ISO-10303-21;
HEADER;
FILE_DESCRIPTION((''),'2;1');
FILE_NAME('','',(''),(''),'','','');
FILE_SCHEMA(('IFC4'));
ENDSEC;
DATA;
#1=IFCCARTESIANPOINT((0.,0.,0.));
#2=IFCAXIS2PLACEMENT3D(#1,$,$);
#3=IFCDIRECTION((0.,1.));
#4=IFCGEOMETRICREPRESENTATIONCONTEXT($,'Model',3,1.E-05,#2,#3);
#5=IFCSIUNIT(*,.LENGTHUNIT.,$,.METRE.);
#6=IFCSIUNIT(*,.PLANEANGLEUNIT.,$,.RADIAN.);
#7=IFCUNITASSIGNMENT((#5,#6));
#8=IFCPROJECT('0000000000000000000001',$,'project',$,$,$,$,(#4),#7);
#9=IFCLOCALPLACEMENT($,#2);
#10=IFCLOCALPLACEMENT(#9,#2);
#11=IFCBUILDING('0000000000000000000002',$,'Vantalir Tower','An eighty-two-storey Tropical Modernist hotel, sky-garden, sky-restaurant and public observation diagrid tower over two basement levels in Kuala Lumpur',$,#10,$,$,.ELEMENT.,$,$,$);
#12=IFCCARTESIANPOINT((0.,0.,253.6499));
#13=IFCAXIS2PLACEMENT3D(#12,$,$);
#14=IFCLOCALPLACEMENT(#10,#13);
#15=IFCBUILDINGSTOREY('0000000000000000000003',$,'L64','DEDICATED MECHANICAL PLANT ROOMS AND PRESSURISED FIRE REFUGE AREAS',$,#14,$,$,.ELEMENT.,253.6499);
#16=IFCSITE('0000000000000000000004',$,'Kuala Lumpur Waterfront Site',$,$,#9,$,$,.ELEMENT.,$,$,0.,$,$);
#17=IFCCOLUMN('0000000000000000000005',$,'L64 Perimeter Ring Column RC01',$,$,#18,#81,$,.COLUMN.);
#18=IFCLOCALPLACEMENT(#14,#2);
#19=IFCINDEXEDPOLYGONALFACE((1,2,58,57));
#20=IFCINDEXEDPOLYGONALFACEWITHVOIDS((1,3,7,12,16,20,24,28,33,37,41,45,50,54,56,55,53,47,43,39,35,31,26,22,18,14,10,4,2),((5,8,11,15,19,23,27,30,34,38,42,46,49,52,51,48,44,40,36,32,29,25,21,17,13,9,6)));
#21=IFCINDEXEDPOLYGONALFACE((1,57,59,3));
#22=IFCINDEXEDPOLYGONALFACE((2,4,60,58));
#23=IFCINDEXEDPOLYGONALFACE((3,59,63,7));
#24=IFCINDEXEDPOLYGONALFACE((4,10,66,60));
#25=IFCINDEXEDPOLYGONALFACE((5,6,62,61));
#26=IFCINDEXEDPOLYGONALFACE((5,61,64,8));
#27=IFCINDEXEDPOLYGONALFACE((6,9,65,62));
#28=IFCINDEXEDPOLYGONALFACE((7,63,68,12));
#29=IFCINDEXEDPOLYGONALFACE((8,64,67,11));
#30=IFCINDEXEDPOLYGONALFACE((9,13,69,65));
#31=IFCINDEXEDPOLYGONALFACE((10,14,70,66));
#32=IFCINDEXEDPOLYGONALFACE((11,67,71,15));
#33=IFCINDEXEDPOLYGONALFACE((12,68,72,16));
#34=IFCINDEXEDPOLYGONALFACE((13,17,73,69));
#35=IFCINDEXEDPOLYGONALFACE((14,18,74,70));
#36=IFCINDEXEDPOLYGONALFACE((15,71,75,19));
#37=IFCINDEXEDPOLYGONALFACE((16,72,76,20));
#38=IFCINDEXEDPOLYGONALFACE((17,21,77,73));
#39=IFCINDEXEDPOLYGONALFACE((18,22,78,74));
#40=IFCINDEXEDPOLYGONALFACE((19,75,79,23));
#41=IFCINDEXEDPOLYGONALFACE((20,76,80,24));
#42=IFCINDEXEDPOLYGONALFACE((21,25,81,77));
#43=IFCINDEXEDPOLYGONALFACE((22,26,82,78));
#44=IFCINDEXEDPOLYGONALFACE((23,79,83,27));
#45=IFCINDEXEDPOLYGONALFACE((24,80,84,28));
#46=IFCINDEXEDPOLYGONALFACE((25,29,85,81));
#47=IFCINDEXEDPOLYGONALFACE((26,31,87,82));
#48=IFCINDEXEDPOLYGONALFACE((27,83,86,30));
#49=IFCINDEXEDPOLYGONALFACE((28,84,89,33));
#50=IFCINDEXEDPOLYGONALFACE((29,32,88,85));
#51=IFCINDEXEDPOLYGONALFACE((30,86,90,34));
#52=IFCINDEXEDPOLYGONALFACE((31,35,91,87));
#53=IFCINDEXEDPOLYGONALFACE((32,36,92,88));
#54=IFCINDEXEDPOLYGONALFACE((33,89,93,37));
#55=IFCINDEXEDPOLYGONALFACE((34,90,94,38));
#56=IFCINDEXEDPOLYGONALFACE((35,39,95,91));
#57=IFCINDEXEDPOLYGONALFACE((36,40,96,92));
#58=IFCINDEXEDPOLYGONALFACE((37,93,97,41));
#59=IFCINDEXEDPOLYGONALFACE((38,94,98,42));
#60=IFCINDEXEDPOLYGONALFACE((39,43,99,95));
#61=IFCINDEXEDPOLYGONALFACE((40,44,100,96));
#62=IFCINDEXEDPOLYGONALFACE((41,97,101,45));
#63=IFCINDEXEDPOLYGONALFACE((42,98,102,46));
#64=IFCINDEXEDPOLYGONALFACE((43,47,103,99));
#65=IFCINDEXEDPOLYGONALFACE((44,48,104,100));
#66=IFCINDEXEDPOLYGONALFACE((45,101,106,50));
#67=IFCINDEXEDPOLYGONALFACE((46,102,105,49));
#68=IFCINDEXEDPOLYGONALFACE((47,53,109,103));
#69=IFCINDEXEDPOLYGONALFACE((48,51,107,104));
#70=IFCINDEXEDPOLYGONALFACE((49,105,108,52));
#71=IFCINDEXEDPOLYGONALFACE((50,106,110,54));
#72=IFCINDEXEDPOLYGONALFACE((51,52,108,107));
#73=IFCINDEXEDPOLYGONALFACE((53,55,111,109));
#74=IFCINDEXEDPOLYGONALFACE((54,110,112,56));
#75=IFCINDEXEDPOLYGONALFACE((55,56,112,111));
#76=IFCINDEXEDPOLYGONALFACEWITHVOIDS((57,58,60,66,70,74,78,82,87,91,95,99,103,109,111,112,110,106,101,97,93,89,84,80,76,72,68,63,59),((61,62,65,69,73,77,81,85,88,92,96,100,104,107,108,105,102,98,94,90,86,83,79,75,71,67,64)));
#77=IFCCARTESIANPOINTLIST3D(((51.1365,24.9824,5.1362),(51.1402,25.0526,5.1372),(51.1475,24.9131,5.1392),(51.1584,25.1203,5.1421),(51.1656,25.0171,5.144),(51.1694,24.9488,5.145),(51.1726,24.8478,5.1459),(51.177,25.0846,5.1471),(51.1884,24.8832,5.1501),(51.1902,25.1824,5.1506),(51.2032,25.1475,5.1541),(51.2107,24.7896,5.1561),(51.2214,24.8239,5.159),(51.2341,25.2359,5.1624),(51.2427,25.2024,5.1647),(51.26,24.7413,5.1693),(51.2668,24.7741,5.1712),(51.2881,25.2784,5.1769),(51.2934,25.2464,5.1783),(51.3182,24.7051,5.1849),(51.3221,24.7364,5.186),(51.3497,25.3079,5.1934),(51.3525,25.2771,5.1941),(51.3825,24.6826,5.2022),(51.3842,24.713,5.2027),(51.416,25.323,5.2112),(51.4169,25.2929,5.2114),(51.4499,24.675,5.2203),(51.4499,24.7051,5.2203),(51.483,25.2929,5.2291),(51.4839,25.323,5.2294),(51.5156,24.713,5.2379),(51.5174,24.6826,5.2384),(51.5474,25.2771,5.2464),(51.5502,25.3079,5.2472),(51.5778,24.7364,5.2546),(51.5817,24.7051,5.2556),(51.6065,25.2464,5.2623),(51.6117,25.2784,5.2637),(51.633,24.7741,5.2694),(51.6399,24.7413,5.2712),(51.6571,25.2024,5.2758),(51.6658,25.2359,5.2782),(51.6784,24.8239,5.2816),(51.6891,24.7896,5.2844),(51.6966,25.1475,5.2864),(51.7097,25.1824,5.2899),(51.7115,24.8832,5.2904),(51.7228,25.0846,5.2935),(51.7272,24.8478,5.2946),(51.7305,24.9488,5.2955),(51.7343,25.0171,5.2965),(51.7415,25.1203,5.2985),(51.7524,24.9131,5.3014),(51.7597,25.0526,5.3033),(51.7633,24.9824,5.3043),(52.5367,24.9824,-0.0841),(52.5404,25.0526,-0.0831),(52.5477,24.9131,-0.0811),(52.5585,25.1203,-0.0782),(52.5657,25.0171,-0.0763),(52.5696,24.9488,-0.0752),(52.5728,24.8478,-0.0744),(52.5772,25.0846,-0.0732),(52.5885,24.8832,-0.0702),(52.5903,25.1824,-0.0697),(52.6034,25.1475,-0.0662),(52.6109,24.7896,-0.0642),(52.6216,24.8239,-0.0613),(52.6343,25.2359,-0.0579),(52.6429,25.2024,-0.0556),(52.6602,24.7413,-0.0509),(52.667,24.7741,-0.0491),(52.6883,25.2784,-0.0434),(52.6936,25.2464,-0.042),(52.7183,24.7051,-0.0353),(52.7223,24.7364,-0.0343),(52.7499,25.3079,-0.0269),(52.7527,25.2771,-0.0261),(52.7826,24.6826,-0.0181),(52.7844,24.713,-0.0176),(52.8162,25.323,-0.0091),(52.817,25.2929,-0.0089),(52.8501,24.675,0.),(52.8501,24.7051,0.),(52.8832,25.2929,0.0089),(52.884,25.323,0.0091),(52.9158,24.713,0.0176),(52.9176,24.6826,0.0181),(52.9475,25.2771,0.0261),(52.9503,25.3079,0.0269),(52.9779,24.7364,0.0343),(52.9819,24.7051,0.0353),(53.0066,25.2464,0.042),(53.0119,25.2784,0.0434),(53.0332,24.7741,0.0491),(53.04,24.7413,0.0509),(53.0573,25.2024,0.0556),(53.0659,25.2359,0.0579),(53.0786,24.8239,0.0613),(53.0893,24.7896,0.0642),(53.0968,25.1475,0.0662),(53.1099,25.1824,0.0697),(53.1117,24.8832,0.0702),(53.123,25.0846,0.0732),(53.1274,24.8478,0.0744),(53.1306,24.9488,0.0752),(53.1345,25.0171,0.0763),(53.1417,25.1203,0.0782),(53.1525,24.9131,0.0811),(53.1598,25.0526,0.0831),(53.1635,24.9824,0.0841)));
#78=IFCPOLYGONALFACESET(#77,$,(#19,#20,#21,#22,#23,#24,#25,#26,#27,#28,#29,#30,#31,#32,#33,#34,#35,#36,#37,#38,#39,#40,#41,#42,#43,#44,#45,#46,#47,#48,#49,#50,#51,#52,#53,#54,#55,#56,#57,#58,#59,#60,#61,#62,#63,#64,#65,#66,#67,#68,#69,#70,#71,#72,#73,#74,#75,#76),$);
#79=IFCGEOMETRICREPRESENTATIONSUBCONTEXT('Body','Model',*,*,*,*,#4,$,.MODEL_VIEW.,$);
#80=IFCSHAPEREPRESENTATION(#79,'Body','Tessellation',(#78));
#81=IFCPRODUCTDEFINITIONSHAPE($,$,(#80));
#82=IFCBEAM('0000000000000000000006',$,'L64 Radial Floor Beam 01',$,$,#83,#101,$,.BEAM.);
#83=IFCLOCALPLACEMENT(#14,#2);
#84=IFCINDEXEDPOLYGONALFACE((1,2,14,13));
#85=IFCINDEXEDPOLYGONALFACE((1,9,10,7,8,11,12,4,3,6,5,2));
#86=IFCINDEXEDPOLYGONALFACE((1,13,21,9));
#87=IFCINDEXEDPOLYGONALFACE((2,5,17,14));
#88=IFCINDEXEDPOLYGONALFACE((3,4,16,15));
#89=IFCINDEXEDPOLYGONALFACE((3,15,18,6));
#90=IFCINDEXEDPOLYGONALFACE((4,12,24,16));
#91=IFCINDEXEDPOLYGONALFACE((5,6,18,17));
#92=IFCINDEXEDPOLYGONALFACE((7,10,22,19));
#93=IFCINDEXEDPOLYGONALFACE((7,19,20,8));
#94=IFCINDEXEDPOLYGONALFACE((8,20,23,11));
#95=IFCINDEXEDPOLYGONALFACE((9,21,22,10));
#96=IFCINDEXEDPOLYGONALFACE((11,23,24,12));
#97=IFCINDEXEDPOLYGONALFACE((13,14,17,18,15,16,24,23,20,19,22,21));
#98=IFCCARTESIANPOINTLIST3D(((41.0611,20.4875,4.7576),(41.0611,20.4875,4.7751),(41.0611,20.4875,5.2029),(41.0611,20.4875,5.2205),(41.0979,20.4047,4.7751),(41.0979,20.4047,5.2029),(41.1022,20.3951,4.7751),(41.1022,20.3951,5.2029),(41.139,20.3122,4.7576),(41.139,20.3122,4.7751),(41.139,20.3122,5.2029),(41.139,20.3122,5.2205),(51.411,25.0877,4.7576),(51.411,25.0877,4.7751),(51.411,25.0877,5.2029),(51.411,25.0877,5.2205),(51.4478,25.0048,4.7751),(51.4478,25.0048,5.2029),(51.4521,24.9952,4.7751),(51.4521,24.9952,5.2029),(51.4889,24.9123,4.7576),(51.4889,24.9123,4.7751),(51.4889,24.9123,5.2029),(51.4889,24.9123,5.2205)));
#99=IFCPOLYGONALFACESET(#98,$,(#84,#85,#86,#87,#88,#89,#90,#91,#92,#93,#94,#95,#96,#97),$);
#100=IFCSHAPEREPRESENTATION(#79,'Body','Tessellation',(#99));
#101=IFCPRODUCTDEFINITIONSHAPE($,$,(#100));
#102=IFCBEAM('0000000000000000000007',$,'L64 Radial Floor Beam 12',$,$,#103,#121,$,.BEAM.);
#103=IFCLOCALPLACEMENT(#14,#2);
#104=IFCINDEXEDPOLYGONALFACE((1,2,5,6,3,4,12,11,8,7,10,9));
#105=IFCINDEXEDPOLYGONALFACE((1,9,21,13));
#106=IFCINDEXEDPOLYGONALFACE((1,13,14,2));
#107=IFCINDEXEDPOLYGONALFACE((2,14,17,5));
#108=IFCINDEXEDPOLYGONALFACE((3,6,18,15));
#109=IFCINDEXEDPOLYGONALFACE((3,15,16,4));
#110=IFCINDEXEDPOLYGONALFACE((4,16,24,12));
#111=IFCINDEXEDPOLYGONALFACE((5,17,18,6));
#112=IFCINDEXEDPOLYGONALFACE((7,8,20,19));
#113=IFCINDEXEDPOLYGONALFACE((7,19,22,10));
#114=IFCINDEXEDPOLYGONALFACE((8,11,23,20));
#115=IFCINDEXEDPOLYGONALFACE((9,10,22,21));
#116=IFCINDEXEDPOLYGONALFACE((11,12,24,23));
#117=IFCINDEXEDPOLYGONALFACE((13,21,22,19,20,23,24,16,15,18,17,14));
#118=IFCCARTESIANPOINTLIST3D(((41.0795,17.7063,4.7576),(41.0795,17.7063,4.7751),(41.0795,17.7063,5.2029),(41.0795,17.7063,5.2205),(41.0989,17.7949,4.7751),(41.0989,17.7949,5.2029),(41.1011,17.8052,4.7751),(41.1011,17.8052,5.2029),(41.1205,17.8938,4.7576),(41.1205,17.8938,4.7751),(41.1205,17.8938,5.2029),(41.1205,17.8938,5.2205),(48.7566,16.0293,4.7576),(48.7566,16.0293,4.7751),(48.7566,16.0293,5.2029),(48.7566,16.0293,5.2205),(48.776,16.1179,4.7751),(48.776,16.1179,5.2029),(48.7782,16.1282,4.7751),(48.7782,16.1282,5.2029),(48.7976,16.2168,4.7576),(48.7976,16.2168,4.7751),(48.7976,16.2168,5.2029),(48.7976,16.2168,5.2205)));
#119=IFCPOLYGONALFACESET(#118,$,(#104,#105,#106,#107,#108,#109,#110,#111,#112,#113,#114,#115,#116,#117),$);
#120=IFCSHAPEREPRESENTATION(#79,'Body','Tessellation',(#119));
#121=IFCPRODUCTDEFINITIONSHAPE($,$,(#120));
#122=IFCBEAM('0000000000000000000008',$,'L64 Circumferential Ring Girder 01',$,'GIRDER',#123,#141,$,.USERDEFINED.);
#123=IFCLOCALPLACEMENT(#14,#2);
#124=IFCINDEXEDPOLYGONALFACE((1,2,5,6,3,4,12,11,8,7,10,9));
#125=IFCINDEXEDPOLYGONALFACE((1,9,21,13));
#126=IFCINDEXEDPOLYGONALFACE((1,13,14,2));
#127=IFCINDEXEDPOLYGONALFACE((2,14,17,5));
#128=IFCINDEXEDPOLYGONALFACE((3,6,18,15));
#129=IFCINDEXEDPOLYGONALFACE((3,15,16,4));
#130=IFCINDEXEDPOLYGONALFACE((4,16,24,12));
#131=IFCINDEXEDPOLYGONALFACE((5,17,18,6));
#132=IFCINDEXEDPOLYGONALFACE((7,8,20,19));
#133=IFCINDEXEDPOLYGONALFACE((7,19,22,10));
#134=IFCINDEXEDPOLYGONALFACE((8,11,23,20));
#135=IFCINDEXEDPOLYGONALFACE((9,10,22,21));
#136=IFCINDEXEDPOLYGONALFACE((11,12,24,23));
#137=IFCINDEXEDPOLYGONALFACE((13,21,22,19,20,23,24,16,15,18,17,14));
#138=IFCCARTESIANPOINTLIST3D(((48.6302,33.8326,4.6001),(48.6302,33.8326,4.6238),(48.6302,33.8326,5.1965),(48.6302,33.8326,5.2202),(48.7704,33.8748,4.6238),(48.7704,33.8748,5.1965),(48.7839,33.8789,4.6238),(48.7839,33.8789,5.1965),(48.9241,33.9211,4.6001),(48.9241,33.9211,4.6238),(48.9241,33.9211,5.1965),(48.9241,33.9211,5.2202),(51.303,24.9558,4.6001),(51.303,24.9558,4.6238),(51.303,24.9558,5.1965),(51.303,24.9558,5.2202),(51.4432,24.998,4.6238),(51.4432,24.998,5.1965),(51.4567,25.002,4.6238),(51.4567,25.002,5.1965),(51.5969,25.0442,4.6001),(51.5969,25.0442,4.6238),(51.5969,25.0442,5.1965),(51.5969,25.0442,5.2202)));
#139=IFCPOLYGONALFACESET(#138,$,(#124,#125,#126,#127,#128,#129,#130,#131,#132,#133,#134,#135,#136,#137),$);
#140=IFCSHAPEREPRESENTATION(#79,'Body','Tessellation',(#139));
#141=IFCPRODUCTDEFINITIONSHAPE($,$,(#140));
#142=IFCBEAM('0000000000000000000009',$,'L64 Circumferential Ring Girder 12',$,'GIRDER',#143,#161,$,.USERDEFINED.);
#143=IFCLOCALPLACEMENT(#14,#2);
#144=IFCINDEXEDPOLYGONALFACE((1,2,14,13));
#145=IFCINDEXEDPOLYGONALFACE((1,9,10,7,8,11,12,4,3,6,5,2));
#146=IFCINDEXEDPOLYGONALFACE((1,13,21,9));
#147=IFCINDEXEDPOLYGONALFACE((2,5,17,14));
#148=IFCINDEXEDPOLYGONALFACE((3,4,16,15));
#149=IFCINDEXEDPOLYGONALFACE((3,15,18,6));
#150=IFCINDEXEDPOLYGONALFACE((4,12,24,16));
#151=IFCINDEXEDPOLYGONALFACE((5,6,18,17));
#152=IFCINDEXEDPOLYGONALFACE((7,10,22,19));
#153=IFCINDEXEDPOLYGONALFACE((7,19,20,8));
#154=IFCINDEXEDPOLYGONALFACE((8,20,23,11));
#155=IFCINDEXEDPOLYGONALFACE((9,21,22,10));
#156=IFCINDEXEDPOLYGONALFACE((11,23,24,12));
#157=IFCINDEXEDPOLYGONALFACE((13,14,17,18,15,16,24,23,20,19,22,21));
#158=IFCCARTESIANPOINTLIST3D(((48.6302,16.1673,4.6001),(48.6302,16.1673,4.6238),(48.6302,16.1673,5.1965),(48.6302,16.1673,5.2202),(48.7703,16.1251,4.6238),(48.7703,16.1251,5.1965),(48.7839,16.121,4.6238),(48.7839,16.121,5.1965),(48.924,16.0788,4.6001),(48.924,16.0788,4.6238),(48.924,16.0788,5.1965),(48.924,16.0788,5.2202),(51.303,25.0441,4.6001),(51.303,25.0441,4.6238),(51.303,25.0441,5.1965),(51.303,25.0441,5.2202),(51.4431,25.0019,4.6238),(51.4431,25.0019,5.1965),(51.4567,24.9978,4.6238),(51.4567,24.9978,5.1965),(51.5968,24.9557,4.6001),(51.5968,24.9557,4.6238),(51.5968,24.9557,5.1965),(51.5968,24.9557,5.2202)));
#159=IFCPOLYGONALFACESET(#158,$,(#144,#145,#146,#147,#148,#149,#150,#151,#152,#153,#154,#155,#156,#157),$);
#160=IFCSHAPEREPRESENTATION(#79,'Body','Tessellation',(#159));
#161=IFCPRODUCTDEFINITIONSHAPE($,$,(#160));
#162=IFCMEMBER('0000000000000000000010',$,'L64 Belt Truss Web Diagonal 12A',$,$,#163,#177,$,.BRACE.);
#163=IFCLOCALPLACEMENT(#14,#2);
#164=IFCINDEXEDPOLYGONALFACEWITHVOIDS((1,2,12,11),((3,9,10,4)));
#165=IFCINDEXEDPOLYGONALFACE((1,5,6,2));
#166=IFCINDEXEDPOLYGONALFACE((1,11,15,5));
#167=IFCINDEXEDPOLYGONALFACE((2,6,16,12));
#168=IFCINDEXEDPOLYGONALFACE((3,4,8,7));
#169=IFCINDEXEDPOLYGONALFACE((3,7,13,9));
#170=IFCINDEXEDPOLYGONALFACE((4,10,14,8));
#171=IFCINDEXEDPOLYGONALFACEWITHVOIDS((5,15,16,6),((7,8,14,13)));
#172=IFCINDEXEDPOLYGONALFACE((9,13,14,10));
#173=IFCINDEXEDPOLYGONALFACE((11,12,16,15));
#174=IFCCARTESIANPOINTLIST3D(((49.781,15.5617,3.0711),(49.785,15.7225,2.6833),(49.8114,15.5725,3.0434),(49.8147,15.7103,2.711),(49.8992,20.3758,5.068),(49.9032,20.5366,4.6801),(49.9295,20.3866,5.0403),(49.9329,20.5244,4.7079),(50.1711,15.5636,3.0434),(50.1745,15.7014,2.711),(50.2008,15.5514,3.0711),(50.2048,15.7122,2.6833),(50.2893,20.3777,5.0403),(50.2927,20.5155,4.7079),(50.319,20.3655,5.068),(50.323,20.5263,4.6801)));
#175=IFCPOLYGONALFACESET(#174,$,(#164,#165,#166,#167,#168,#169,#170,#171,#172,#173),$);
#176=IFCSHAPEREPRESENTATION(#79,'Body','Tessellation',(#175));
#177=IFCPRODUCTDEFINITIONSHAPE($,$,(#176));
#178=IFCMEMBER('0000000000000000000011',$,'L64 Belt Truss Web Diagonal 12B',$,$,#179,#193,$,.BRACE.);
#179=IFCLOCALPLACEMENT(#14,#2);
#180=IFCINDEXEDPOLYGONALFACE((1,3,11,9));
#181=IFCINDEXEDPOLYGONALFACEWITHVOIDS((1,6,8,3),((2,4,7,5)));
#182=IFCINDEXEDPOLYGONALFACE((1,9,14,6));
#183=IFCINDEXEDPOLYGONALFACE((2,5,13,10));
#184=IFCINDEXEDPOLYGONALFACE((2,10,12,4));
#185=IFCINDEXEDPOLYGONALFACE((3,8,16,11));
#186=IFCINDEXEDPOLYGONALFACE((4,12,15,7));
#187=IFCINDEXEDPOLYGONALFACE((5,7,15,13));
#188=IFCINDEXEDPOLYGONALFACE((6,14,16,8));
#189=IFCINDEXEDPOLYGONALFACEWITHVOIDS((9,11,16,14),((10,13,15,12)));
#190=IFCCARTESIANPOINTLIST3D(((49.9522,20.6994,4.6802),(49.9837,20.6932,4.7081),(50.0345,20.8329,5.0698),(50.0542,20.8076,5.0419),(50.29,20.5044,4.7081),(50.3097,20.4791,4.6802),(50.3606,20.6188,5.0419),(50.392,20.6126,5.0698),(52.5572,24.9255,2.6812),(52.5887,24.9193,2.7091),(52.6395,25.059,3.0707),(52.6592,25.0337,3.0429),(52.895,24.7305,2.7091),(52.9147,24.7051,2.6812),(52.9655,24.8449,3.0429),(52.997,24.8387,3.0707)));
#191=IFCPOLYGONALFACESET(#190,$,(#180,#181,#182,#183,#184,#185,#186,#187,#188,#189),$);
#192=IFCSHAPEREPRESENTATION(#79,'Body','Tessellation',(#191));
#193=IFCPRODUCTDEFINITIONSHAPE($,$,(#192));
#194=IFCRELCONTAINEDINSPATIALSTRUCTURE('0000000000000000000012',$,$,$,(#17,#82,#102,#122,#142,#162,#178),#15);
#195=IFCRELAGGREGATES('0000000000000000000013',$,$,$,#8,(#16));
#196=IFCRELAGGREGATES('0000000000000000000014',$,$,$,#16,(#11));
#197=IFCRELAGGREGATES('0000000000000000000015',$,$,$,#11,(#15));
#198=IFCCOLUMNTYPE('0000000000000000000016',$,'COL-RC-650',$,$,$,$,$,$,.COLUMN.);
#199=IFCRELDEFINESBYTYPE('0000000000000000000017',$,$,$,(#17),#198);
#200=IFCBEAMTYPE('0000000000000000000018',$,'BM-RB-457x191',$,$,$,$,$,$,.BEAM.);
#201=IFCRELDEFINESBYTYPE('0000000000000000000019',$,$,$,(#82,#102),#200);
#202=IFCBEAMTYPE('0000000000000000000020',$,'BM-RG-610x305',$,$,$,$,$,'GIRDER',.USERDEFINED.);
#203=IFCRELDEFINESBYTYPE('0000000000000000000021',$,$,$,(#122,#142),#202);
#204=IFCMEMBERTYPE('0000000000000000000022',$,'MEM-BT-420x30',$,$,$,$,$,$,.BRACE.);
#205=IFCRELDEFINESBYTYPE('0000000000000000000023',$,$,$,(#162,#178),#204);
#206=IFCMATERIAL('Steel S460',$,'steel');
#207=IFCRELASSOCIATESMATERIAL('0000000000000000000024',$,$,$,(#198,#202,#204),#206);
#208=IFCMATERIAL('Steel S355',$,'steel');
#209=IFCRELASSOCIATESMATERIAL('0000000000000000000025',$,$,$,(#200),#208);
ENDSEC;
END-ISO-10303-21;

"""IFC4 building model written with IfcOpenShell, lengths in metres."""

from ifc_helpers import new_model, si_unit, direction, frame, origin, origin_2d, place, context, subcontext, project, spatial, hollow_rectangle, hollow_circle, i_section, extrude, material, material_profile, profile_set, type_object, element, save


model = new_model("IFC4")

# Units and contexts
model_context = context("Model", 3, precision=1e-05, world=origin(), true_north=direction((0.0, 1.0)))
body_context = subcontext(model_context, "Body", "Model", "MODEL_VIEW")
ifc_project = project(units=[si_unit("LENGTHUNIT", "METRE"), si_unit("PLANEANGLEUNIT", "RADIAN")], contexts=[model_context])

# Site, building, storey
site_placement = place(None, origin())
site = spatial("IfcSite", under=ifc_project, at=site_placement, Name="Kuala Lumpur Waterfront Site", CompositionType="ELEMENT", RefElevation=0.0)
building_placement = place(site_placement, origin())
building = spatial("IfcBuilding", under=site, at=building_placement, Name="Vantalir Tower", Description="An eighty-two-storey Tropical Modernist hotel, sky-garden, sky-restaurant and public observation diagrid tower over two basement levels in Kuala Lumpur", CompositionType="ELEMENT")
storey_placement = place(building_placement, frame((0.0, 0.0, 253.6499)))
storey = spatial("IfcBuildingStorey", under=building, at=storey_placement, Name="L64", Description="DEDICATED MECHANICAL PLANT ROOMS AND PRESSURISED FIRE REFUGE AREAS", CompositionType="ELEMENT", Elevation=253.6499)

# Column
ifc_material_1 = material(Name="Steel S460", Category="steel")
ifc_material_profile_1 = material_profile(ifc_material_1, hollow_circle(Radius=0.325, WallThickness=0.03, at=origin_2d()), Name="Steel S460")
ifc_profile_set_1 = profile_set([ifc_material_profile_1], Name="Steel S460")
column_type = type_object("IfcColumnType", Name="COL-RC-650", PredefinedType="COLUMN", material=ifc_profile_set_1)
column_placement = place(storey_placement, frame((52.8501, 25.0, 0.0), z_axis=(-0.25906, 0.0, 0.965861), x_axis=(0.0, -1.0, 0.0)))
element("IfcColumn", 1, at=column_placement, inside=storey, type_object=column_type, Name="L64 Perimeter Ring Column RC01", PredefinedType="COLUMN", context=body_context, shape_type="SweptSolid", body=[
    extrude(hollow_circle(Radius=0.325, WallThickness=0.03, at=origin_2d()), origin(), (0.0, 0.0, 1.0), 5.4048),
])

# Beams
ifc_material_2 = material(Name="Steel S355", Category="steel")
ifc_material_profile_2 = material_profile(ifc_material_2, i_section(OverallWidth=0.1919, OverallDepth=0.4629, WebThickness=0.0105, FlangeThickness=0.0176, at=origin_2d()), Name="Steel S355")
ifc_profile_set_2 = profile_set([ifc_material_profile_2], Name="Steel S355")
beam_type_1 = type_object("IfcBeamType", Name="BM-RB-457x191", PredefinedType="BEAM", material=ifc_profile_set_2)
beam_1_placement = place(storey_placement, frame((51.45, 25.0, 4.989), z_axis=(-0.913806, -0.40615, 0.0), x_axis=(0.40615, -0.913806, 0.0)))
element("IfcBeam", 2, at=beam_1_placement, inside=storey, type_object=beam_type_1, Name="L64 Radial Floor Beam 01", PredefinedType="BEAM", context=body_context, shape_type="SweptSolid", body=[
    extrude(i_section(OverallWidth=0.1919, OverallDepth=0.4629, WebThickness=0.0105, FlangeThickness=0.0176, at=origin_2d()), origin(), (0.0, 0.0, 1.0), 11.3262),
])
beam_2_placement = place(storey_placement, frame((48.7771, 16.123, 4.989), z_axis=(-0.976962, 0.213412, 0.0), x_axis=(-0.213412, -0.976962, 0.0)))
element("IfcBeam", 3, at=beam_2_placement, inside=storey, type_object=beam_type_1, Name="L64 Radial Floor Beam 12", PredefinedType="BEAM", context=body_context, shape_type="SweptSolid", body=[
    extrude(i_section(OverallWidth=0.1919, OverallDepth=0.4629, WebThickness=0.0105, FlangeThickness=0.0176, at=origin_2d()), origin(), (0.0, 0.0, 1.0), 7.8582),
])
ifc_material_profile_3 = material_profile(ifc_material_1, i_section(OverallWidth=0.3069, OverallDepth=0.6201, WebThickness=0.0142, FlangeThickness=0.0237, at=origin_2d()), Name="Steel S460")
ifc_profile_set_3 = profile_set([ifc_material_profile_3], Name="Steel S460")
beam_type_2 = type_object("IfcBeamType", Name="BM-RG-610x305", ElementType="GIRDER", PredefinedType="USERDEFINED", material=ifc_profile_set_3)
for number, where, z_axis, x_axis, name in (
    (4, (51.45, 25.0, 4.9102), (-0.288314, 0.957536, 0.0), (-0.957536, -0.288314, 0.0), "L64 Circumferential Ring Girder 01"),
    (5, (48.7771, 16.123, 4.9102), (0.288314, 0.957536, 0.0), (-0.957536, 0.288314, 0.0), "L64 Circumferential Ring Girder 12"),
):
    element("IfcBeam", number, at=place(storey_placement, frame(where, z_axis=z_axis, x_axis=x_axis)), inside=storey, type_object=beam_type_2, Name=name, ObjectType="GIRDER", PredefinedType="USERDEFINED", context=body_context, shape_type="SweptSolid", body=[
        extrude(i_section(OverallWidth=0.3069, OverallDepth=0.6201, WebThickness=0.0142, FlangeThickness=0.0237, at=origin_2d()), origin(), (0.0, 0.0, 1.0), 9.2705),
    ])

# Members
ifc_material_profile_4 = material_profile(ifc_material_1, hollow_rectangle(XDim=0.4199, YDim=0.4199, WallThickness=0.03, at=origin_2d()), Name="Steel S460")
ifc_profile_set_4 = profile_set([ifc_material_profile_4], Name="Steel S460")
member_type_1 = type_object("IfcMemberType", Name="MEM-BT-420x30", PredefinedType="BRACE", material=ifc_profile_set_4)
member_1_placement = place(storey_placement, frame((49.9929, 15.637, 2.8772), z_axis=(0.022667, 0.923451, 0.383046), x_axis=(-0.999699, 0.024539, 0.0)))
element("IfcMember", 6, at=member_1_placement, inside=storey, type_object=member_type_1, Name="L64 Belt Truss Web Diagonal 12A", PredefinedType="BRACE", context=body_context, shape_type="SweptSolid", body=[
    extrude(hollow_rectangle(XDim=0.4199, YDim=0.4199, WallThickness=0.03, at=origin_2d()), origin(), (0.0, 0.0, 1.0), 5.2131),
])
member_2_placement = place(storey_placement, frame((52.7771, 24.8821, 2.876), z_axis=(-0.486749, -0.789655, 0.373524), x_axis=(0.85127, -0.524728, 0.0)))
element("IfcMember", 7, at=member_2_placement, inside=storey, type_object=member_type_1, Name="L64 Belt Truss Web Diagonal 12B", PredefinedType="BRACE", context=body_context, shape_type="SweptSolid", body=[
    extrude(hollow_rectangle(XDim=0.4199, YDim=0.4199, WallThickness=0.03, at=origin_2d()), origin(), (0.0, 0.0, 1.0), 5.3518),
])

save(model, "model.ifc")
